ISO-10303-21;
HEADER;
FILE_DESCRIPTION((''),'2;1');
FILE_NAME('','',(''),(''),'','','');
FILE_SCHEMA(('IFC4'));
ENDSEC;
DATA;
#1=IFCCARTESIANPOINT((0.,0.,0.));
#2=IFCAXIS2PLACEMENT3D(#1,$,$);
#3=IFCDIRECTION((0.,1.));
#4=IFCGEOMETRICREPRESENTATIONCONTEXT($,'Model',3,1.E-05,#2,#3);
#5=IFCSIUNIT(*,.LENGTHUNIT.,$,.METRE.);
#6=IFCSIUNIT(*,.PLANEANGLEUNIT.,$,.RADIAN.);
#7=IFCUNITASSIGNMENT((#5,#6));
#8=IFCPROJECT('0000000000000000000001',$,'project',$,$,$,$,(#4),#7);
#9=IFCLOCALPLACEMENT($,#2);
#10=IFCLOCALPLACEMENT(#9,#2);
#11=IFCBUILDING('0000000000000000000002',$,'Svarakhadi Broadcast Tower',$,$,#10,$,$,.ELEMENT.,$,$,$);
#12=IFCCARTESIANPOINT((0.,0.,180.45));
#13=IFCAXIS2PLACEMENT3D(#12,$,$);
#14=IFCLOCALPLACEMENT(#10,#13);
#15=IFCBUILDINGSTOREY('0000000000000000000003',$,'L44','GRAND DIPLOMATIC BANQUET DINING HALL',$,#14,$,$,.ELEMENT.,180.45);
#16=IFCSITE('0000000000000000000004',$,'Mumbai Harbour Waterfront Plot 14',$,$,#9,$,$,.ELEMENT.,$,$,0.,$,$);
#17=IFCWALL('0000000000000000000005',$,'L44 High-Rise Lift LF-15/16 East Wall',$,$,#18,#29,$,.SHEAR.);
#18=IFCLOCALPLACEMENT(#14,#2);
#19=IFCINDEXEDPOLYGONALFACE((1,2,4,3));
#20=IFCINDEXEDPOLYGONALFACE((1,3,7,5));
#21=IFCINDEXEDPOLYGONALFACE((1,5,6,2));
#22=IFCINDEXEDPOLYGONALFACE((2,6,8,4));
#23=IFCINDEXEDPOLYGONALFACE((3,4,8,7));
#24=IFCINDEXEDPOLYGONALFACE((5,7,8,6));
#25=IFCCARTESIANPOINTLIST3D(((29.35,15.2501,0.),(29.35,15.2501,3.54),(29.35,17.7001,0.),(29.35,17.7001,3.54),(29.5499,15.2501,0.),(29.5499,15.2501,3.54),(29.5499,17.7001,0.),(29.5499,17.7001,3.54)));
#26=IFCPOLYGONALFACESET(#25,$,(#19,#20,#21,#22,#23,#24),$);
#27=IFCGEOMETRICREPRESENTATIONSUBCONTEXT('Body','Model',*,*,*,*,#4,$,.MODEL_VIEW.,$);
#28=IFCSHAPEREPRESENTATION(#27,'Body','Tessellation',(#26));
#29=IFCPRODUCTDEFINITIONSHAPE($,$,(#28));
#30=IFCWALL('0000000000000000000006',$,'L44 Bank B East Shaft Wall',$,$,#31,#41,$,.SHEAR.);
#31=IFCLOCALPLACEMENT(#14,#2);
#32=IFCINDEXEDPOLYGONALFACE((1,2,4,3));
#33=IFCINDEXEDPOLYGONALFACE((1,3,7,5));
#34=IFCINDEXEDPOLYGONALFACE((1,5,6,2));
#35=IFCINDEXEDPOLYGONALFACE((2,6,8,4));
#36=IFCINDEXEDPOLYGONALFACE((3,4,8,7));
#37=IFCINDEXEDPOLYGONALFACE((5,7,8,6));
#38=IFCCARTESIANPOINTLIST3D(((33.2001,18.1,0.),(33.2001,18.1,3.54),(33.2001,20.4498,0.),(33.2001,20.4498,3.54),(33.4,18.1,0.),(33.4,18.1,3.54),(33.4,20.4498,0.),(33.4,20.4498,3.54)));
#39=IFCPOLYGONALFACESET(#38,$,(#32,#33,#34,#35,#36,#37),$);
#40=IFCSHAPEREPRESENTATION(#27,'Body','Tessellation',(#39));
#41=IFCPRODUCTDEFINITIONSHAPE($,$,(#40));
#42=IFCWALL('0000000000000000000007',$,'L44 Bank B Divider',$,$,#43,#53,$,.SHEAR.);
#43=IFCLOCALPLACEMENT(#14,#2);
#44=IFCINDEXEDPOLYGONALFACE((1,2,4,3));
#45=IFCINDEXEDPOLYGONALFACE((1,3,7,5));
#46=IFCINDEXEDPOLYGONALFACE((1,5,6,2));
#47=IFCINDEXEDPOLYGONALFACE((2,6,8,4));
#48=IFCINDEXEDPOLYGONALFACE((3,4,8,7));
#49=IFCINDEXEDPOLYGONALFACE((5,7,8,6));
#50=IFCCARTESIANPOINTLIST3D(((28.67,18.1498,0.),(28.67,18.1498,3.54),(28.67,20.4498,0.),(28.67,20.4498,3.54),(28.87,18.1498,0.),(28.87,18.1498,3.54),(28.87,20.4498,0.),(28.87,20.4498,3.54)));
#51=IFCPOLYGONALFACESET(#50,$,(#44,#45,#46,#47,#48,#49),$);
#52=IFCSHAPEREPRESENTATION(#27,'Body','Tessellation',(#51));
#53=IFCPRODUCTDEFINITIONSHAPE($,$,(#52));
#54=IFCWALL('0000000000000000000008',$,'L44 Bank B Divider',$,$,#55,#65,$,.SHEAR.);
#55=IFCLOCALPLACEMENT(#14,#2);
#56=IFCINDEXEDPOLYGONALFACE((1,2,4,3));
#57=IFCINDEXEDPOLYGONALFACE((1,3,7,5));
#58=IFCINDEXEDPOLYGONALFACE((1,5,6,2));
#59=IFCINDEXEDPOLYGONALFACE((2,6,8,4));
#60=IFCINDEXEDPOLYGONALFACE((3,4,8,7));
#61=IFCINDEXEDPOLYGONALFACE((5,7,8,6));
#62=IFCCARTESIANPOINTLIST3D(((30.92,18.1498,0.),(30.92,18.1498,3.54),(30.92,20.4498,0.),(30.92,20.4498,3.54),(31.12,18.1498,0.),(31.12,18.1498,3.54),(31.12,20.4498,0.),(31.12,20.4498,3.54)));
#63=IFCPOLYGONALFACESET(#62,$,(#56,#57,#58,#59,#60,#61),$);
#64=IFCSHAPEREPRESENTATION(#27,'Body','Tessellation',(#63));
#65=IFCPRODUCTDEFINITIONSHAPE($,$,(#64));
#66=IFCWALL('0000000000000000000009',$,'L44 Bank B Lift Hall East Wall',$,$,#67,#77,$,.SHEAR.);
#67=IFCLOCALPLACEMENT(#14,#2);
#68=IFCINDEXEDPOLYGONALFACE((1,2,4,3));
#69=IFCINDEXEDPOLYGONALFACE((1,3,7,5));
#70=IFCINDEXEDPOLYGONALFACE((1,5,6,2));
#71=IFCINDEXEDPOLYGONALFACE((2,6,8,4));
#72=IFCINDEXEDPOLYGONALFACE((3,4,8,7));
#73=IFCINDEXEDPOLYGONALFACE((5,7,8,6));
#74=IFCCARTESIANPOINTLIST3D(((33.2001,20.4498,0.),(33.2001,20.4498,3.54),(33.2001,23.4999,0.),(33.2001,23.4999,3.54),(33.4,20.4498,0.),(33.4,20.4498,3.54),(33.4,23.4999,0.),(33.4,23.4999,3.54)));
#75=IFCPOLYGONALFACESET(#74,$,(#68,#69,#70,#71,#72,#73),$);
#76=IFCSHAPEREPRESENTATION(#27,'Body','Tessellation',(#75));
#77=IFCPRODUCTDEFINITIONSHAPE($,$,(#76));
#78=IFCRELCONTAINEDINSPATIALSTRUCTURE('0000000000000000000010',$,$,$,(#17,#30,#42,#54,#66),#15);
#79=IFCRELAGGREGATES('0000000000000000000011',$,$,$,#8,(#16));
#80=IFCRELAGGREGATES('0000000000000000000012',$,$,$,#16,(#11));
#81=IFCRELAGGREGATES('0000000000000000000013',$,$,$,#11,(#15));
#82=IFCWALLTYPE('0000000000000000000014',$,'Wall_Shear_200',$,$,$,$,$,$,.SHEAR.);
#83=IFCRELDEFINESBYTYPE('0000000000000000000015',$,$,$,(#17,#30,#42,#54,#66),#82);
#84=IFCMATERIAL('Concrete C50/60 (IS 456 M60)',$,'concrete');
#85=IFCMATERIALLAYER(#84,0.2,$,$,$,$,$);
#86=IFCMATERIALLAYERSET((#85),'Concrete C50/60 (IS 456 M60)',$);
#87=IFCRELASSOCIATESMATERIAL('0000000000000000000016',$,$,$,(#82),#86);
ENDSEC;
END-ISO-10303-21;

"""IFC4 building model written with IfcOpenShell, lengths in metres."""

from ifc_helpers import new_model, si_unit, direction, frame, frame_2d, origin, place, context, subcontext, project, spatial, rectangle, extrude, material, layer, layer_set, type_object, element, save


model = new_model("IFC4")

# Units and contexts
model_context = context("Model", 3, precision=1e-05, world=origin(), true_north=direction((0.0, 1.0)))
body_context = subcontext(model_context, "Body", "Model", "MODEL_VIEW")
ifc_project = project(units=[si_unit("LENGTHUNIT", "METRE"), si_unit("PLANEANGLEUNIT", "RADIAN")], contexts=[model_context])

# Site, building, storey
site_placement = place(None, origin())
site = spatial("IfcSite", under=ifc_project, at=site_placement, Name="Mumbai Harbour Waterfront Plot 14", CompositionType="ELEMENT", RefElevation=0.0)
building_placement = place(site_placement, origin())
building = spatial("IfcBuilding", under=site, at=building_placement, Name="Svarakhadi Broadcast Tower", CompositionType="ELEMENT")
storey_placement = place(building_placement, frame((0.0, 0.0, 180.45)))
storey = spatial("IfcBuildingStorey", under=building, at=storey_placement, Name="L44", Description="GRAND DIPLOMATIC BANQUET DINING HALL", CompositionType="ELEMENT", Elevation=180.45)

# Shared definitions
ifc_material_1 = material(Name="Concrete C50/60 (IS 456 M60)", Category="concrete")

# Walls
ifc_layer_1 = layer(ifc_material_1, 0.2)
ifc_layer_set_1 = layer_set([ifc_layer_1], Name="Concrete C50/60 (IS 456 M60)")
wall_type_1 = type_object("IfcWallType", Name="Wall_Shear_200", PredefinedType="SHEAR", material=ifc_layer_set_1)
wall_1_placement = place(storey_placement, frame((29.45, 15.25, 0.0), z_axis=(0.0, 0.0, 1.0), x_axis=(0.0, 1.0, 0.0)))
element("IfcWall", 1, at=wall_1_placement, inside=storey, type_object=wall_type_1, Name="L44 High-Rise Lift LF-15/16 East Wall", PredefinedType="SHEAR", context=body_context, shape_type="SweptSolid", body=[
    extrude(rectangle(XDim=2.45, YDim=0.2, at=frame_2d((1.2251, 0.0))), origin(), (0.0, 0.0, 1.0), 3.54),
])
wall_2_placement = place(storey_placement, frame((33.3, 18.1001, 0.0), z_axis=(0.0, 0.0, 1.0), x_axis=(0.0, 1.0, 0.0)))
element("IfcWall", 2, at=wall_2_placement, inside=storey, type_object=wall_type_1, Name="L44 Bank B East Shaft Wall", PredefinedType="SHEAR", context=body_context, shape_type="SweptSolid", body=[
    extrude(rectangle(XDim=2.3499, YDim=0.2, at=frame_2d((1.1748, 0.0))), origin(), (0.0, 0.0, 1.0), 3.54),
])
for number, where, z_axis, x_axis, name in (
    (3, (28.77, 18.1499, 0.0), (0.0, 0.0, 1.0), (0.0, 1.0, 0.0), "L44 Bank B Divider"),
    (4, (31.02, 18.1499, 0.0), (0.0, 0.0, 1.0), (0.0, 1.0, 0.0), "L44 Bank B Divider"),
):
    element("IfcWall", number, at=place(storey_placement, frame(where, z_axis=z_axis, x_axis=x_axis)), inside=storey, type_object=wall_type_1, Name=name, PredefinedType="SHEAR", context=body_context, shape_type="SweptSolid", body=[
        extrude(rectangle(XDim=2.3, YDim=0.2, at=frame_2d((1.1499, 0.0))), origin(), (0.0, 0.0, 1.0), 3.54),
    ])
wall_3_placement = place(storey_placement, frame((33.3, 20.45, 0.0), z_axis=(0.0, 0.0, 1.0), x_axis=(0.0, 1.0, 0.0)))
element("IfcWall", 5, at=wall_3_placement, inside=storey, type_object=wall_type_1, Name="L44 Bank B Lift Hall East Wall", PredefinedType="SHEAR", context=body_context, shape_type="SweptSolid", body=[
    extrude(rectangle(XDim=3.05, YDim=0.2, at=frame_2d((1.5249, 0.0))), origin(), (0.0, 0.0, 1.0), 3.54),
])

save(model, "model.ifc")
